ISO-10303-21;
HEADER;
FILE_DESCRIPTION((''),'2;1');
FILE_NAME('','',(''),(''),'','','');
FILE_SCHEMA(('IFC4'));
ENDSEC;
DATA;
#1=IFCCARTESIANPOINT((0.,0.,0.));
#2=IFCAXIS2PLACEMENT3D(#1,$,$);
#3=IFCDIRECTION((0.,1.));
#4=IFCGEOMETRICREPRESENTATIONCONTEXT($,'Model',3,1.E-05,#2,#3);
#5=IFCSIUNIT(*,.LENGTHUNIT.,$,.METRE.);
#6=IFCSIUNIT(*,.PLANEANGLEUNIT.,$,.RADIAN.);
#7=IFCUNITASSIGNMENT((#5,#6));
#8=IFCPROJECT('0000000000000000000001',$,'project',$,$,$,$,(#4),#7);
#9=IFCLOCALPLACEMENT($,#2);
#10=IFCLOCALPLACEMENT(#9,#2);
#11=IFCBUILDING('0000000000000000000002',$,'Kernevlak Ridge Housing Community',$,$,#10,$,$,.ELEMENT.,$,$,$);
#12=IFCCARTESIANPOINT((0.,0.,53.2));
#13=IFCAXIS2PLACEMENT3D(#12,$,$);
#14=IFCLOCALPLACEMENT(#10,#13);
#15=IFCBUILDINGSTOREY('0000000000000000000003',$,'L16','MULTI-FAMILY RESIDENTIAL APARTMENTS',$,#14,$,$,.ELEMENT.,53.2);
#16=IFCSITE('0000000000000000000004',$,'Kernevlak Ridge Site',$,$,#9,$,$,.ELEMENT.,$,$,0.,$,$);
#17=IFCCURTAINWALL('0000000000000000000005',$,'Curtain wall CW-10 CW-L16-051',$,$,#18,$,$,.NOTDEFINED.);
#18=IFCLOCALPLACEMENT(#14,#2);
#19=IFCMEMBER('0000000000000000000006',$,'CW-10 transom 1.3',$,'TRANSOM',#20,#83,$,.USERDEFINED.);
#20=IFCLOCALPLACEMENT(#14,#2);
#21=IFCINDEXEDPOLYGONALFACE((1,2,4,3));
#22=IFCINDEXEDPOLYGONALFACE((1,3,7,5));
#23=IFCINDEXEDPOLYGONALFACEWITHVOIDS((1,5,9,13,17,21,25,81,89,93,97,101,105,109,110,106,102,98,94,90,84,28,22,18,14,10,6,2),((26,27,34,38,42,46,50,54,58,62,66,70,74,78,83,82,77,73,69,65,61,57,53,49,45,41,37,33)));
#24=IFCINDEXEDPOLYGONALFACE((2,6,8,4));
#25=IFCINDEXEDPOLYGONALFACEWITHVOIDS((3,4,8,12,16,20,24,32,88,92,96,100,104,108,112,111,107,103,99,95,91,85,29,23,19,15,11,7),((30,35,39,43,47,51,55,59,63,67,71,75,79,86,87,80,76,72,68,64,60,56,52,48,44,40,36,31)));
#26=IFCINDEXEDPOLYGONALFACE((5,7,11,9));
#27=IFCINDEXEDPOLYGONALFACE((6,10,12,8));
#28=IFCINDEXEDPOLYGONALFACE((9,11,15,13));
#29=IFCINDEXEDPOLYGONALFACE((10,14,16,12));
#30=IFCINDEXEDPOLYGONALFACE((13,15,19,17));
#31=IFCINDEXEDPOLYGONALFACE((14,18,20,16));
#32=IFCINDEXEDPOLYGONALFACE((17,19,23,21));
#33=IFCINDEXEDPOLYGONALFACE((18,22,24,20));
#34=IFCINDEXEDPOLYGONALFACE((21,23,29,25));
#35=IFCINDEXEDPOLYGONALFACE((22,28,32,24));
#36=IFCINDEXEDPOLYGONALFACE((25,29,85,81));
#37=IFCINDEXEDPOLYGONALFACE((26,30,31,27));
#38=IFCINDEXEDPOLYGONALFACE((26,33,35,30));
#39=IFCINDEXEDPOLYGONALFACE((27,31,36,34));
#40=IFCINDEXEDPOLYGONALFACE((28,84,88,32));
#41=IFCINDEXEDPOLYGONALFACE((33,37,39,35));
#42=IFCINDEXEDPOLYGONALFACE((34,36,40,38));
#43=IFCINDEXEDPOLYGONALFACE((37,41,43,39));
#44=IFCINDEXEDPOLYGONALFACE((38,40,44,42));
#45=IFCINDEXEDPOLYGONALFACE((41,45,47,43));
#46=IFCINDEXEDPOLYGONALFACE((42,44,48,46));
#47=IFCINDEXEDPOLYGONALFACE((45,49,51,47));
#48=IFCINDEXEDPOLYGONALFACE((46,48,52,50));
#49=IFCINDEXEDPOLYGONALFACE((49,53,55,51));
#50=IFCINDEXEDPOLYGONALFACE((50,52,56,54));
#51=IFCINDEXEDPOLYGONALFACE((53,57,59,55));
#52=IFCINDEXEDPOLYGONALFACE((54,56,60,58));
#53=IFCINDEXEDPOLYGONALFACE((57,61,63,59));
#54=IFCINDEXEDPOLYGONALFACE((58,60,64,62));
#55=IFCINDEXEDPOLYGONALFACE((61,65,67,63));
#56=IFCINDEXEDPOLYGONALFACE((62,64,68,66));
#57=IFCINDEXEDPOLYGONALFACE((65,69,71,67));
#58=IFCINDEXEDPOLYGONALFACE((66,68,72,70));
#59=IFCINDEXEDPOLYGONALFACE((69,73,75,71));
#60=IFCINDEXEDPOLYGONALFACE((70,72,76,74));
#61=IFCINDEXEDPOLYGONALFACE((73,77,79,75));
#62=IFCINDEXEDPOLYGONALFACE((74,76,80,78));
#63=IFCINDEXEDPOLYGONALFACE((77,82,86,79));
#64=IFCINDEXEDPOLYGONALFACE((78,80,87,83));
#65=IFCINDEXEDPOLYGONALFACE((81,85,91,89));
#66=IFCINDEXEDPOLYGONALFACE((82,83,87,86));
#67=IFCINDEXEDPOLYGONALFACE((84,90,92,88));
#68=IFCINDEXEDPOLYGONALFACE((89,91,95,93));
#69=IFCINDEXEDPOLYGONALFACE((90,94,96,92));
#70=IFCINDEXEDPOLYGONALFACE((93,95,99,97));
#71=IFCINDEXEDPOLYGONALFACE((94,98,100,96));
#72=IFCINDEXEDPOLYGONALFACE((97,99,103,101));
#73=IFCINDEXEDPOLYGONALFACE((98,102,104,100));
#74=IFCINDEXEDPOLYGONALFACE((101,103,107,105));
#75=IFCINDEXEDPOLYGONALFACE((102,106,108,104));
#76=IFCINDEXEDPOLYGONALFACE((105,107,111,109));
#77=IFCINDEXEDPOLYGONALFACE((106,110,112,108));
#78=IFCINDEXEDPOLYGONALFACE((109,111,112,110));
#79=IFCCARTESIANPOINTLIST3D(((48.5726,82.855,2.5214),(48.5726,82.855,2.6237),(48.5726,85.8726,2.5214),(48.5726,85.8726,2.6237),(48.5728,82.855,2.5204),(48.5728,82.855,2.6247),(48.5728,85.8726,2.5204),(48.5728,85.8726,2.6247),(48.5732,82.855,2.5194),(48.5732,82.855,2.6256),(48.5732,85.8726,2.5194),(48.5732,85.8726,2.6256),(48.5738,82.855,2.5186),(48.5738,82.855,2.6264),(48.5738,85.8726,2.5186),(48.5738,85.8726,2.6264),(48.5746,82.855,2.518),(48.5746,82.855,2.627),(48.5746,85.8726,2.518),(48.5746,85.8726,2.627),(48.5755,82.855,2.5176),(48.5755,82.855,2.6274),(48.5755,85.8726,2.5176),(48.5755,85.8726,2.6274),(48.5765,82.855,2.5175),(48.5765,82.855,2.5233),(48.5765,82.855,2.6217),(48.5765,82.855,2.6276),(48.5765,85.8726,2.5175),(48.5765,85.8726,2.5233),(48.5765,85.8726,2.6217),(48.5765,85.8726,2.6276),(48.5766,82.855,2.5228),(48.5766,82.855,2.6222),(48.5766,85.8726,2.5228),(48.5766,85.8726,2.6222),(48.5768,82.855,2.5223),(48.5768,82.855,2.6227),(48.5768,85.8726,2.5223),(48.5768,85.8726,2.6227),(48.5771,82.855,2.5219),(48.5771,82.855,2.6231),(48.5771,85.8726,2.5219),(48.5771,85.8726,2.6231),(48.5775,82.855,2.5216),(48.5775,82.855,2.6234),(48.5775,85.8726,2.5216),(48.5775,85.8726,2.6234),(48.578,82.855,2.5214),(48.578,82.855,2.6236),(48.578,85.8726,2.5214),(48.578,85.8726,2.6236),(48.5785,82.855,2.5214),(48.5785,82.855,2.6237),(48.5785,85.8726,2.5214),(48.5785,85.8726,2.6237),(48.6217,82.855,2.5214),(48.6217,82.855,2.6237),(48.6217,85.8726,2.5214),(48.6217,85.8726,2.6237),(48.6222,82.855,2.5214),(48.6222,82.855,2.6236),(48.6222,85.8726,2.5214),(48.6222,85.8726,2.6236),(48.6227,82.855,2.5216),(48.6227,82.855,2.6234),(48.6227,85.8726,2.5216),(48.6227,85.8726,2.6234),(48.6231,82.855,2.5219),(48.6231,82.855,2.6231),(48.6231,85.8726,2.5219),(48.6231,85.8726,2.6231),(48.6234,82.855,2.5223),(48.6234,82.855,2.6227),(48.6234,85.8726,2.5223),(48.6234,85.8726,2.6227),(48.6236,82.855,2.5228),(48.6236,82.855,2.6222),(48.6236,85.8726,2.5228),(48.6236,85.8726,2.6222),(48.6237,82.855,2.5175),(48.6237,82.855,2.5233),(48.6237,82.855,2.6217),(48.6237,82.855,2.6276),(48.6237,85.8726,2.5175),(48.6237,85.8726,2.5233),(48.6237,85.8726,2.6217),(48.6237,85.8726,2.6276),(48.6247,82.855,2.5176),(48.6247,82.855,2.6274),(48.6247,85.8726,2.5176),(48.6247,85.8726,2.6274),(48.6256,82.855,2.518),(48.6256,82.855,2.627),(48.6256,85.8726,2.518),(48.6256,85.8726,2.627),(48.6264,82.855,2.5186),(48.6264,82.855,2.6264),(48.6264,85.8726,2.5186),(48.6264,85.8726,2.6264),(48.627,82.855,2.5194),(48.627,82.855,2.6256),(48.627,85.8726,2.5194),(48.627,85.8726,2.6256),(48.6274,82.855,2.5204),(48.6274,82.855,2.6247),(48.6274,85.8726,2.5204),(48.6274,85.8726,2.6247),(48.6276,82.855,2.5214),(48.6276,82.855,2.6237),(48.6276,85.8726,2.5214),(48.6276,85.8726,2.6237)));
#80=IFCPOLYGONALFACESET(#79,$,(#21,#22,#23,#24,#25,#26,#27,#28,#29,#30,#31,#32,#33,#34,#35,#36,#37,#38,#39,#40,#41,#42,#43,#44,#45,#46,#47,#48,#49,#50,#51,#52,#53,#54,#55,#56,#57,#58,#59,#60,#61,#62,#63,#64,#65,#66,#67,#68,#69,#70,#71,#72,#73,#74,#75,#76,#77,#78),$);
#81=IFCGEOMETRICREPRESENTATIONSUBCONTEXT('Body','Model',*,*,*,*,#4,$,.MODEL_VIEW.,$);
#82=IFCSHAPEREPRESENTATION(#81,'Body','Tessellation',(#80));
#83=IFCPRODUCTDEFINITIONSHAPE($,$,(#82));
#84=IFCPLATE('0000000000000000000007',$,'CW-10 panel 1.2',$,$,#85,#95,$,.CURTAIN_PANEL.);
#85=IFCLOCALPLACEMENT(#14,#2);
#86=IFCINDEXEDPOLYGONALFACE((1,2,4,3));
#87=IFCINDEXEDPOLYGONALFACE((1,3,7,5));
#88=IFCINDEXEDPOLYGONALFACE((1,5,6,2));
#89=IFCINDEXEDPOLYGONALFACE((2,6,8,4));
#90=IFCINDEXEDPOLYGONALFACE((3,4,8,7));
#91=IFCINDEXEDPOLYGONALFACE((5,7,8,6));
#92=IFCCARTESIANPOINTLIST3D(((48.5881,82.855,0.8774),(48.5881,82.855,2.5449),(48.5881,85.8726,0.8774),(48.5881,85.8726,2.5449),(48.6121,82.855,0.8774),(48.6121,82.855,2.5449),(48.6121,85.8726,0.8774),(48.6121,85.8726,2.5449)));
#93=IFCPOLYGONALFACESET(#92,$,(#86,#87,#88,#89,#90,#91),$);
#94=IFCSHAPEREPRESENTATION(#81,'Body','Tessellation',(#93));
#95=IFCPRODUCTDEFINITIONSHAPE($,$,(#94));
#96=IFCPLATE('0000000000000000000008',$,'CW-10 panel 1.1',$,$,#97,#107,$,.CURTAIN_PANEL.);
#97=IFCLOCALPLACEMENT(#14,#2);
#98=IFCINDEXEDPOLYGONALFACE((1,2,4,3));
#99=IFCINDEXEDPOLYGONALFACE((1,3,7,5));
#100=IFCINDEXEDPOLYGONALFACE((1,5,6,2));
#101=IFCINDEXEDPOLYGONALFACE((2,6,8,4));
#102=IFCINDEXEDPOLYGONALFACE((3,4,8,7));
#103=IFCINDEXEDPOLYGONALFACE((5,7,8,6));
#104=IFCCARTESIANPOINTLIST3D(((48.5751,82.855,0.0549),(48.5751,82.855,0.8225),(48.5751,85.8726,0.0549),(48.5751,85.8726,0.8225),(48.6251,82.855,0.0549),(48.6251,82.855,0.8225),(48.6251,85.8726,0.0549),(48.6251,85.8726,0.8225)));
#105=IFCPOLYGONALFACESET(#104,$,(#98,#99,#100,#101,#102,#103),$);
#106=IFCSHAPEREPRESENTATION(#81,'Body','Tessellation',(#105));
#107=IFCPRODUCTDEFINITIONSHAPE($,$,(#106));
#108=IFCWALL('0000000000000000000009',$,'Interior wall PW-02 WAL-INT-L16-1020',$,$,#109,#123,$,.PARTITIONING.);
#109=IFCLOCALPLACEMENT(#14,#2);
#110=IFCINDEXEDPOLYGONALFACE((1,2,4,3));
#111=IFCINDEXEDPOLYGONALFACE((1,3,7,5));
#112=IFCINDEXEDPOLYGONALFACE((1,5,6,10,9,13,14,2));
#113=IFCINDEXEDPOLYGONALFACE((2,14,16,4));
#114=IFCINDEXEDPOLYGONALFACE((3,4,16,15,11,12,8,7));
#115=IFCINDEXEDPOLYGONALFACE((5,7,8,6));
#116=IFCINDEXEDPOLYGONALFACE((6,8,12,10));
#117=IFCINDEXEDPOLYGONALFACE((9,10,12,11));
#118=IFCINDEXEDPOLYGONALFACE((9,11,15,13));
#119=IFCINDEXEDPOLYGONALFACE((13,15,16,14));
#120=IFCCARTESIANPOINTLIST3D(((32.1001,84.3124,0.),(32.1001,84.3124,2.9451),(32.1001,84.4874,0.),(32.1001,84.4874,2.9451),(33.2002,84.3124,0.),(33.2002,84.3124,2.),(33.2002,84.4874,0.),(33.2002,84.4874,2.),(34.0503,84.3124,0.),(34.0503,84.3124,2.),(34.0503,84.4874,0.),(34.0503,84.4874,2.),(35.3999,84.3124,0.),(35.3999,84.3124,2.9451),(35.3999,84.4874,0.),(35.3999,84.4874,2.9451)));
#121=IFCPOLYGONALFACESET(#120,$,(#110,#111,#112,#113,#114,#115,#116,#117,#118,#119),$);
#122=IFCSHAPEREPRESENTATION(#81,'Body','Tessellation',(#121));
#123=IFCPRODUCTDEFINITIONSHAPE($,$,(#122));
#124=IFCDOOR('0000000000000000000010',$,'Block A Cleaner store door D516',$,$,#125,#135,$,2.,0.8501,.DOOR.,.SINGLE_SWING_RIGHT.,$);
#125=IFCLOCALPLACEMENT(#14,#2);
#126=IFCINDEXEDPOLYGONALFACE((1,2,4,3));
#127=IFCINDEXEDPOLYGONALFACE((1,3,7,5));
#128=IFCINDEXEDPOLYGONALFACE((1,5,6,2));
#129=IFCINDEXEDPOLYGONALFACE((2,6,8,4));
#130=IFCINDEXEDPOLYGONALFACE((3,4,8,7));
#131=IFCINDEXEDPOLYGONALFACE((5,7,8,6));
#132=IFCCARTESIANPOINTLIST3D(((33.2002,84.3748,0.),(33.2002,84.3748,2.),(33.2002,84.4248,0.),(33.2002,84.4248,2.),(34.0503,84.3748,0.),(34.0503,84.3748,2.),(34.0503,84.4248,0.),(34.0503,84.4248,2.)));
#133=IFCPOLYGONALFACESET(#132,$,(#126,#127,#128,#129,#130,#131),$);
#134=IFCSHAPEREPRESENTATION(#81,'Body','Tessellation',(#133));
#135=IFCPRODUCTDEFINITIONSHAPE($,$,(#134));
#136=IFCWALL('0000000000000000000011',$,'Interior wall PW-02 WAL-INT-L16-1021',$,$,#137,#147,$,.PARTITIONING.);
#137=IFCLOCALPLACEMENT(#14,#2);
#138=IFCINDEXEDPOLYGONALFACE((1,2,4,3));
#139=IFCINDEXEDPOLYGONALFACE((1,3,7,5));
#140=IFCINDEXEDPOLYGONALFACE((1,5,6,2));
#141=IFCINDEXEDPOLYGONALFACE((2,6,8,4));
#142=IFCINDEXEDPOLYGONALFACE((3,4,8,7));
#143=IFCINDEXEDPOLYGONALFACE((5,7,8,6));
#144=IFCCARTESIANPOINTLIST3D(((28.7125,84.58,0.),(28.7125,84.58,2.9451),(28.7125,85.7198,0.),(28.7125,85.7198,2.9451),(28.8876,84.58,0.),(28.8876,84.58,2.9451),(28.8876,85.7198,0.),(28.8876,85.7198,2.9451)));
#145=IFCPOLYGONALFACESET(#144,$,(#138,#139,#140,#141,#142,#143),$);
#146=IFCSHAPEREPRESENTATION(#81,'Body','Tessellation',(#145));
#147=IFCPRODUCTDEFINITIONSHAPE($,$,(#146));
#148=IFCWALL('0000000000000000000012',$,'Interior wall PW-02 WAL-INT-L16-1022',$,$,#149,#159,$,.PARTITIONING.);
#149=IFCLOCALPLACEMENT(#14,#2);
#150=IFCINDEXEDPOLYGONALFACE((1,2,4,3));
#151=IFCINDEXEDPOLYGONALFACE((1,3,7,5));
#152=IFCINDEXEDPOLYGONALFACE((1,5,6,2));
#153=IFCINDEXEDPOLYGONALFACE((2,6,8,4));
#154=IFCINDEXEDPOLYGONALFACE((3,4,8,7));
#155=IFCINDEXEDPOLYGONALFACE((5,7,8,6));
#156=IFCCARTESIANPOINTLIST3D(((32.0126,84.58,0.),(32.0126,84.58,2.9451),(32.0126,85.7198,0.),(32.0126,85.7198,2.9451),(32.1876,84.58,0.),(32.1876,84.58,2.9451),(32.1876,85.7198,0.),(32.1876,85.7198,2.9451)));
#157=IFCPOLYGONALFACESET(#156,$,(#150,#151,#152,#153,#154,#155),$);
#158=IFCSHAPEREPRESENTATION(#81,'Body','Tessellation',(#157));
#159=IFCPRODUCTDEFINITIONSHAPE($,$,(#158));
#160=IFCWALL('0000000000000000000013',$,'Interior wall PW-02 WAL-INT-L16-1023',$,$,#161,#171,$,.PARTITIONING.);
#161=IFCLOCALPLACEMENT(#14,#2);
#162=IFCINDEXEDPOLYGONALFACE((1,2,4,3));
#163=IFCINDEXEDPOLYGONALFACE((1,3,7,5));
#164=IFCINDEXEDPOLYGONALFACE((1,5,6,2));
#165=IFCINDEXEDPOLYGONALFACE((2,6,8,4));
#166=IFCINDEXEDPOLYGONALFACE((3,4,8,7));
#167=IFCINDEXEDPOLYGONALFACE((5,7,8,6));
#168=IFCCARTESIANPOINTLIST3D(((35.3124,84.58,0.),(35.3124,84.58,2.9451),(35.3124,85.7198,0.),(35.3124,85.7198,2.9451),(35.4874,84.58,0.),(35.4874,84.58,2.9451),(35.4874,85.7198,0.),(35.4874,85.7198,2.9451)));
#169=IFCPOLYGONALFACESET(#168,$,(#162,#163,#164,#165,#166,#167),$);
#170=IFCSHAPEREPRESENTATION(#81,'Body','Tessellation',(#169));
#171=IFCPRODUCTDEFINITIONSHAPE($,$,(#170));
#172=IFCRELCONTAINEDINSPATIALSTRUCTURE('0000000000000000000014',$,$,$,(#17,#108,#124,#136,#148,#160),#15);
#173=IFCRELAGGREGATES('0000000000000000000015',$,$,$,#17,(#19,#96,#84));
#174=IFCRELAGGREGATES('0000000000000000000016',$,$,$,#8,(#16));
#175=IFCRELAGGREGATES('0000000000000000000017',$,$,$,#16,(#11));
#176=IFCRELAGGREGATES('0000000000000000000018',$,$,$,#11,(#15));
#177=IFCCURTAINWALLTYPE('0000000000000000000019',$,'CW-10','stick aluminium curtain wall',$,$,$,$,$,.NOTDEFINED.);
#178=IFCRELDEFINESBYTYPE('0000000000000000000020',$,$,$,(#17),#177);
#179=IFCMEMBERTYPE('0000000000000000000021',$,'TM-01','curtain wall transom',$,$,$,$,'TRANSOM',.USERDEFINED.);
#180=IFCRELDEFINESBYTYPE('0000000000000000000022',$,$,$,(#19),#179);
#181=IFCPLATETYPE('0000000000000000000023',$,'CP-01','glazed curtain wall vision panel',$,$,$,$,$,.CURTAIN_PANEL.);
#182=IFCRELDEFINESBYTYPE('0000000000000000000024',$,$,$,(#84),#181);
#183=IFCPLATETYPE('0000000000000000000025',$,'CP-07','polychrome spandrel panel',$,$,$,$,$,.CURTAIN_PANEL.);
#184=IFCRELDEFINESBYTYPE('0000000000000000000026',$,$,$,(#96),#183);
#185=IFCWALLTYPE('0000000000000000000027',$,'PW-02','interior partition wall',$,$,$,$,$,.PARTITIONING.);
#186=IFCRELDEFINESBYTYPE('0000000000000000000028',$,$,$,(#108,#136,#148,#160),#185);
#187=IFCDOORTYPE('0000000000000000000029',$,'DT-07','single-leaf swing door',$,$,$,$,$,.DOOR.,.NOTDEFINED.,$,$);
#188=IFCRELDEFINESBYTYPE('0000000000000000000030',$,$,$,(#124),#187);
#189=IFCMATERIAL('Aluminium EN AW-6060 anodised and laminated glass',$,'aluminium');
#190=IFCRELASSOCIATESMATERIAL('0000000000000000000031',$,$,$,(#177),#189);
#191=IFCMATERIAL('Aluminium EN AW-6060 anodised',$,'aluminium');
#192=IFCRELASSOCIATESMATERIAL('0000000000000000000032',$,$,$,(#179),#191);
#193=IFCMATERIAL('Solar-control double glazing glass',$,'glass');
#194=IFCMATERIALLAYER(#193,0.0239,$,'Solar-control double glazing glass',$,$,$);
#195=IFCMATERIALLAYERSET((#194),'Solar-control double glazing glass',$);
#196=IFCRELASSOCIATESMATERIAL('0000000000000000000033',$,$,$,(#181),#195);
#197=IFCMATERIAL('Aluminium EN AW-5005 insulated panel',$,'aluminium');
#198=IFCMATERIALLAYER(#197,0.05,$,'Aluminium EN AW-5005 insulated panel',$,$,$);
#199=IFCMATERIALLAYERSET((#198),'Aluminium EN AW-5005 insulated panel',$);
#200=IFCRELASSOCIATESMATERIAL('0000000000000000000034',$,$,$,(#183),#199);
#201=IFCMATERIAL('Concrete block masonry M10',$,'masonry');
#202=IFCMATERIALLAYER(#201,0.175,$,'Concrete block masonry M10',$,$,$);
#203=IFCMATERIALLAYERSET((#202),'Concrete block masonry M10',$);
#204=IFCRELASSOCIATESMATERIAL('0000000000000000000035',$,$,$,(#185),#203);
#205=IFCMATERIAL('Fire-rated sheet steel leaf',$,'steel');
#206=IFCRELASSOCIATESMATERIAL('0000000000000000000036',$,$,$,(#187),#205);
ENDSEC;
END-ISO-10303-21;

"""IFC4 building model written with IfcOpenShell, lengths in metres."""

from ifc_helpers import new_model, si_unit, direction, frame, frame_2d, origin, origin_2d, place, context, subcontext, project, spatial, rectangle, hollow_rectangle, extrude, material, layer, layer_set, material_profile, profile_set, type_object, element, fill, aggregate, save


model = new_model("IFC4")

# Units and contexts
model_context = context("Model", 3, precision=1e-05, world=origin(), true_north=direction((0.0, 1.0)))
body_context = subcontext(model_context, "Body", "Model", "MODEL_VIEW")
ifc_project = project(units=[si_unit("LENGTHUNIT", "METRE"), si_unit("PLANEANGLEUNIT", "RADIAN")], contexts=[model_context])

# Site, building, storey
site_placement = place(None, origin())
site = spatial("IfcSite", under=ifc_project, at=site_placement, Name="Kernevlak Ridge Site", CompositionType="ELEMENT", RefElevation=0.0)
building_placement = place(site_placement, origin())
building = spatial("IfcBuilding", under=site, at=building_placement, Name="Kernevlak Ridge Housing Community", CompositionType="ELEMENT")
storey_placement = place(building_placement, frame((0.0, 0.0, 53.2)))
storey = spatial("IfcBuildingStorey", under=building, at=storey_placement, Name="L16", Description="MULTI-FAMILY RESIDENTIAL APARTMENTS", CompositionType="ELEMENT", Elevation=53.2)

# Curtain wall
ifc_material_1 = material(Name="Aluminium EN AW-6060 anodised and laminated glass", Category="aluminium")
curtain_wall_type = type_object("IfcCurtainWallType", Name="CW-10", Description="stick aluminium curtain wall", PredefinedType="NOTDEFINED", material=ifc_material_1)
curtain_wall_placement = place(storey_placement, origin())
curtain_wall = element("IfcCurtainWall", 1, at=curtain_wall_placement, inside=storey, type_object=curtain_wall_type, Name="Curtain wall CW-10 CW-L16-051", PredefinedType="NOTDEFINED")
ifc_material_2 = material(Name="Aluminium EN AW-6060 anodised", Category="aluminium")

# Member
ifc_material_profile_1 = material_profile(ifc_material_2, hollow_rectangle(XDim=0.0549, YDim=0.1101, WallThickness=0.0039, InnerFilletRadius=0.002, OuterFilletRadius=0.0039, at=origin_2d()), Name="ALU 55x110x4")
ifc_profile_set_1 = profile_set([ifc_material_profile_1], Name="Aluminium EN AW-6060 anodised")
member_type_1 = type_object("IfcMemberType", Name="TM-01", Description="curtain wall transom", ElementType="TRANSOM", PredefinedType="USERDEFINED", material=ifc_profile_set_1)
member_1_placement = place(storey_placement, frame((48.6001, 82.855, 2.5725), z_axis=(0.0, 1.0, 0.0), x_axis=(-1.0, 0.0, 0.0)))
member_1 = element("IfcMember", 2, at=member_1_placement, type_object=member_type_1, Name="CW-10 transom 1.3", ObjectType="TRANSOM", PredefinedType="USERDEFINED", context=body_context, shape_type="SweptSolid", body=[
    extrude(hollow_rectangle(XDim=0.0549, YDim=0.1101, WallThickness=0.0039, InnerFilletRadius=0.002, OuterFilletRadius=0.0039, at=origin_2d()), origin(), (0.0, 0.0, 1.0), 3.0176),
])

# Plates
ifc_material_3 = material(Name="Solar-control double glazing glass", Category="glass")
ifc_layer_1 = layer(ifc_material_3, 0.0239, Name="Solar-control double glazing glass")
ifc_layer_set_1 = layer_set([ifc_layer_1], Name="Solar-control double glazing glass")
plate_type_1 = type_object("IfcPlateType", Name="CP-01", Description="glazed curtain wall vision panel", PredefinedType="CURTAIN_PANEL", material=ifc_layer_set_1)
plate_1_placement = place(storey_placement, frame((48.6001, 84.3638, 0.8774), z_axis=(0.0, 0.0, 1.0), x_axis=(0.0, 1.0, 0.0)))
plate_1 = element("IfcPlate", 3, at=plate_1_placement, type_object=plate_type_1, Name="CW-10 panel 1.2", PredefinedType="CURTAIN_PANEL", context=body_context, shape_type="SweptSolid", body=[
    extrude(rectangle(XDim=3.0176, YDim=0.0239, at=origin_2d()), origin(), (0.0, 0.0, 1.0), 1.6675),
])
ifc_material_4 = material(Name="Aluminium EN AW-5005 insulated panel", Category="aluminium")
ifc_layer_2 = layer(ifc_material_4, 0.05, Name="Aluminium EN AW-5005 insulated panel")
ifc_layer_set_2 = layer_set([ifc_layer_2], Name="Aluminium EN AW-5005 insulated panel")
plate_type_2 = type_object("IfcPlateType", Name="CP-07", Description="polychrome spandrel panel", PredefinedType="CURTAIN_PANEL", material=ifc_layer_set_2)
plate_2_placement = place(storey_placement, frame((48.6001, 84.3638, 0.0549), z_axis=(0.0, 0.0, 1.0), x_axis=(0.0, 1.0, 0.0)))
plate_2 = element("IfcPlate", 4, at=plate_2_placement, type_object=plate_type_2, Name="CW-10 panel 1.1", PredefinedType="CURTAIN_PANEL", context=body_context, shape_type="SweptSolid", body=[
    extrude(rectangle(XDim=3.0176, YDim=0.05, at=origin_2d()), origin(), (0.0, 0.0, 1.0), 0.7676),
])
aggregate(curtain_wall, [member_1, plate_2, plate_1])

# Wall, opening, door
ifc_material_5 = material(Name="Concrete block masonry M10", Category="masonry")
ifc_layer_3 = layer(ifc_material_5, 0.175, Name="Concrete block masonry M10")
ifc_layer_set_3 = layer_set([ifc_layer_3], Name="Concrete block masonry M10")
wall_type_1 = type_object("IfcWallType", Name="PW-02", Description="interior partition wall", PredefinedType="PARTITIONING", material=ifc_layer_set_3)
ifc_material_6 = material(Name="Fire-rated sheet steel leaf", Category="steel")
wall_1_placement = place(storey_placement, frame((32.1001, 84.3999, 0.0), z_axis=(0.0, 0.0, 1.0), x_axis=(1.0, 0.0, 0.0)))
wall_1 = element("IfcWall", 5, at=wall_1_placement, inside=storey, type_object=wall_type_1, Name="Interior wall PW-02 WAL-INT-L16-1020", PredefinedType="PARTITIONING", context=body_context, shape_type="SweptSolid", body=[
    extrude(rectangle(XDim=3.2998, YDim=0.175, at=frame_2d((1.6499, 0.0))), origin(), (0.0, 0.0, 1.0), 2.9451),
])
opening_1_placement = place(wall_1_placement, frame((1.1001, 0.0, 0.0)))
opening_1 = element("IfcOpeningElement", 6, at=opening_1_placement, cuts=wall_1, PredefinedType="OPENING", context=body_context, shape_type="SweptSolid", body=[
    extrude(rectangle(XDim=0.8501, YDim=2.0, at=frame_2d((0.425, 1.0))), frame((0.0, 0.0974, 0.0), z_axis=(0.0, -1.0, 0.0), x_axis=(1.0, 0.0, 0.0)), (0.0, 0.0, 1.0), 0.1951),
])
door_type_1 = type_object("IfcDoorType", Name="DT-07", Description="single-leaf swing door", OperationType="NOTDEFINED", PredefinedType="DOOR", material=ifc_material_6)
door_1_placement = place(opening_1_placement, origin())
door_1 = element("IfcDoor", 7, at=door_1_placement, inside=storey, type_object=door_type_1, Name="Block A Cleaner store door D516", OperationType="SINGLE_SWING_RIGHT", OverallHeight=2.0, OverallWidth=0.8501, PredefinedType="DOOR", context=body_context, shape_type="SweptSolid", body=[
    extrude(rectangle(XDim=0.8501, YDim=2.0, at=frame_2d((0.425, 1.0))), frame((0.0, 0.0249, 0.0), z_axis=(0.0, -1.0, 0.0), x_axis=(1.0, 0.0, 0.0)), (0.0, 0.0, 1.0), 0.05),
])
fill(opening_1, door_1)

# Walls
for number, where, z_axis, x_axis, name in (
    (8, (28.8, 84.5801, 0.0), (0.0, 0.0, 1.0), (0.0, 1.0, 0.0), "Interior wall PW-02 WAL-INT-L16-1021"),
    (9, (32.1001, 84.5801, 0.0), (0.0, 0.0, 1.0), (0.0, 1.0, 0.0), "Interior wall PW-02 WAL-INT-L16-1022"),
    (10, (35.3999, 84.5801, 0.0), (0.0, 0.0, 1.0), (0.0, 1.0, 0.0), "Interior wall PW-02 WAL-INT-L16-1023"),
):
    element("IfcWall", number, at=place(storey_placement, frame(where, z_axis=z_axis, x_axis=x_axis)), inside=storey, type_object=wall_type_1, Name=name, PredefinedType="PARTITIONING", context=body_context, shape_type="SweptSolid", body=[
        extrude(rectangle(XDim=1.1399, YDim=0.175, at=frame_2d((0.5698, 0.0))), origin(), (0.0, 0.0, 1.0), 2.9451),
    ])

save(model, "model.ifc")
